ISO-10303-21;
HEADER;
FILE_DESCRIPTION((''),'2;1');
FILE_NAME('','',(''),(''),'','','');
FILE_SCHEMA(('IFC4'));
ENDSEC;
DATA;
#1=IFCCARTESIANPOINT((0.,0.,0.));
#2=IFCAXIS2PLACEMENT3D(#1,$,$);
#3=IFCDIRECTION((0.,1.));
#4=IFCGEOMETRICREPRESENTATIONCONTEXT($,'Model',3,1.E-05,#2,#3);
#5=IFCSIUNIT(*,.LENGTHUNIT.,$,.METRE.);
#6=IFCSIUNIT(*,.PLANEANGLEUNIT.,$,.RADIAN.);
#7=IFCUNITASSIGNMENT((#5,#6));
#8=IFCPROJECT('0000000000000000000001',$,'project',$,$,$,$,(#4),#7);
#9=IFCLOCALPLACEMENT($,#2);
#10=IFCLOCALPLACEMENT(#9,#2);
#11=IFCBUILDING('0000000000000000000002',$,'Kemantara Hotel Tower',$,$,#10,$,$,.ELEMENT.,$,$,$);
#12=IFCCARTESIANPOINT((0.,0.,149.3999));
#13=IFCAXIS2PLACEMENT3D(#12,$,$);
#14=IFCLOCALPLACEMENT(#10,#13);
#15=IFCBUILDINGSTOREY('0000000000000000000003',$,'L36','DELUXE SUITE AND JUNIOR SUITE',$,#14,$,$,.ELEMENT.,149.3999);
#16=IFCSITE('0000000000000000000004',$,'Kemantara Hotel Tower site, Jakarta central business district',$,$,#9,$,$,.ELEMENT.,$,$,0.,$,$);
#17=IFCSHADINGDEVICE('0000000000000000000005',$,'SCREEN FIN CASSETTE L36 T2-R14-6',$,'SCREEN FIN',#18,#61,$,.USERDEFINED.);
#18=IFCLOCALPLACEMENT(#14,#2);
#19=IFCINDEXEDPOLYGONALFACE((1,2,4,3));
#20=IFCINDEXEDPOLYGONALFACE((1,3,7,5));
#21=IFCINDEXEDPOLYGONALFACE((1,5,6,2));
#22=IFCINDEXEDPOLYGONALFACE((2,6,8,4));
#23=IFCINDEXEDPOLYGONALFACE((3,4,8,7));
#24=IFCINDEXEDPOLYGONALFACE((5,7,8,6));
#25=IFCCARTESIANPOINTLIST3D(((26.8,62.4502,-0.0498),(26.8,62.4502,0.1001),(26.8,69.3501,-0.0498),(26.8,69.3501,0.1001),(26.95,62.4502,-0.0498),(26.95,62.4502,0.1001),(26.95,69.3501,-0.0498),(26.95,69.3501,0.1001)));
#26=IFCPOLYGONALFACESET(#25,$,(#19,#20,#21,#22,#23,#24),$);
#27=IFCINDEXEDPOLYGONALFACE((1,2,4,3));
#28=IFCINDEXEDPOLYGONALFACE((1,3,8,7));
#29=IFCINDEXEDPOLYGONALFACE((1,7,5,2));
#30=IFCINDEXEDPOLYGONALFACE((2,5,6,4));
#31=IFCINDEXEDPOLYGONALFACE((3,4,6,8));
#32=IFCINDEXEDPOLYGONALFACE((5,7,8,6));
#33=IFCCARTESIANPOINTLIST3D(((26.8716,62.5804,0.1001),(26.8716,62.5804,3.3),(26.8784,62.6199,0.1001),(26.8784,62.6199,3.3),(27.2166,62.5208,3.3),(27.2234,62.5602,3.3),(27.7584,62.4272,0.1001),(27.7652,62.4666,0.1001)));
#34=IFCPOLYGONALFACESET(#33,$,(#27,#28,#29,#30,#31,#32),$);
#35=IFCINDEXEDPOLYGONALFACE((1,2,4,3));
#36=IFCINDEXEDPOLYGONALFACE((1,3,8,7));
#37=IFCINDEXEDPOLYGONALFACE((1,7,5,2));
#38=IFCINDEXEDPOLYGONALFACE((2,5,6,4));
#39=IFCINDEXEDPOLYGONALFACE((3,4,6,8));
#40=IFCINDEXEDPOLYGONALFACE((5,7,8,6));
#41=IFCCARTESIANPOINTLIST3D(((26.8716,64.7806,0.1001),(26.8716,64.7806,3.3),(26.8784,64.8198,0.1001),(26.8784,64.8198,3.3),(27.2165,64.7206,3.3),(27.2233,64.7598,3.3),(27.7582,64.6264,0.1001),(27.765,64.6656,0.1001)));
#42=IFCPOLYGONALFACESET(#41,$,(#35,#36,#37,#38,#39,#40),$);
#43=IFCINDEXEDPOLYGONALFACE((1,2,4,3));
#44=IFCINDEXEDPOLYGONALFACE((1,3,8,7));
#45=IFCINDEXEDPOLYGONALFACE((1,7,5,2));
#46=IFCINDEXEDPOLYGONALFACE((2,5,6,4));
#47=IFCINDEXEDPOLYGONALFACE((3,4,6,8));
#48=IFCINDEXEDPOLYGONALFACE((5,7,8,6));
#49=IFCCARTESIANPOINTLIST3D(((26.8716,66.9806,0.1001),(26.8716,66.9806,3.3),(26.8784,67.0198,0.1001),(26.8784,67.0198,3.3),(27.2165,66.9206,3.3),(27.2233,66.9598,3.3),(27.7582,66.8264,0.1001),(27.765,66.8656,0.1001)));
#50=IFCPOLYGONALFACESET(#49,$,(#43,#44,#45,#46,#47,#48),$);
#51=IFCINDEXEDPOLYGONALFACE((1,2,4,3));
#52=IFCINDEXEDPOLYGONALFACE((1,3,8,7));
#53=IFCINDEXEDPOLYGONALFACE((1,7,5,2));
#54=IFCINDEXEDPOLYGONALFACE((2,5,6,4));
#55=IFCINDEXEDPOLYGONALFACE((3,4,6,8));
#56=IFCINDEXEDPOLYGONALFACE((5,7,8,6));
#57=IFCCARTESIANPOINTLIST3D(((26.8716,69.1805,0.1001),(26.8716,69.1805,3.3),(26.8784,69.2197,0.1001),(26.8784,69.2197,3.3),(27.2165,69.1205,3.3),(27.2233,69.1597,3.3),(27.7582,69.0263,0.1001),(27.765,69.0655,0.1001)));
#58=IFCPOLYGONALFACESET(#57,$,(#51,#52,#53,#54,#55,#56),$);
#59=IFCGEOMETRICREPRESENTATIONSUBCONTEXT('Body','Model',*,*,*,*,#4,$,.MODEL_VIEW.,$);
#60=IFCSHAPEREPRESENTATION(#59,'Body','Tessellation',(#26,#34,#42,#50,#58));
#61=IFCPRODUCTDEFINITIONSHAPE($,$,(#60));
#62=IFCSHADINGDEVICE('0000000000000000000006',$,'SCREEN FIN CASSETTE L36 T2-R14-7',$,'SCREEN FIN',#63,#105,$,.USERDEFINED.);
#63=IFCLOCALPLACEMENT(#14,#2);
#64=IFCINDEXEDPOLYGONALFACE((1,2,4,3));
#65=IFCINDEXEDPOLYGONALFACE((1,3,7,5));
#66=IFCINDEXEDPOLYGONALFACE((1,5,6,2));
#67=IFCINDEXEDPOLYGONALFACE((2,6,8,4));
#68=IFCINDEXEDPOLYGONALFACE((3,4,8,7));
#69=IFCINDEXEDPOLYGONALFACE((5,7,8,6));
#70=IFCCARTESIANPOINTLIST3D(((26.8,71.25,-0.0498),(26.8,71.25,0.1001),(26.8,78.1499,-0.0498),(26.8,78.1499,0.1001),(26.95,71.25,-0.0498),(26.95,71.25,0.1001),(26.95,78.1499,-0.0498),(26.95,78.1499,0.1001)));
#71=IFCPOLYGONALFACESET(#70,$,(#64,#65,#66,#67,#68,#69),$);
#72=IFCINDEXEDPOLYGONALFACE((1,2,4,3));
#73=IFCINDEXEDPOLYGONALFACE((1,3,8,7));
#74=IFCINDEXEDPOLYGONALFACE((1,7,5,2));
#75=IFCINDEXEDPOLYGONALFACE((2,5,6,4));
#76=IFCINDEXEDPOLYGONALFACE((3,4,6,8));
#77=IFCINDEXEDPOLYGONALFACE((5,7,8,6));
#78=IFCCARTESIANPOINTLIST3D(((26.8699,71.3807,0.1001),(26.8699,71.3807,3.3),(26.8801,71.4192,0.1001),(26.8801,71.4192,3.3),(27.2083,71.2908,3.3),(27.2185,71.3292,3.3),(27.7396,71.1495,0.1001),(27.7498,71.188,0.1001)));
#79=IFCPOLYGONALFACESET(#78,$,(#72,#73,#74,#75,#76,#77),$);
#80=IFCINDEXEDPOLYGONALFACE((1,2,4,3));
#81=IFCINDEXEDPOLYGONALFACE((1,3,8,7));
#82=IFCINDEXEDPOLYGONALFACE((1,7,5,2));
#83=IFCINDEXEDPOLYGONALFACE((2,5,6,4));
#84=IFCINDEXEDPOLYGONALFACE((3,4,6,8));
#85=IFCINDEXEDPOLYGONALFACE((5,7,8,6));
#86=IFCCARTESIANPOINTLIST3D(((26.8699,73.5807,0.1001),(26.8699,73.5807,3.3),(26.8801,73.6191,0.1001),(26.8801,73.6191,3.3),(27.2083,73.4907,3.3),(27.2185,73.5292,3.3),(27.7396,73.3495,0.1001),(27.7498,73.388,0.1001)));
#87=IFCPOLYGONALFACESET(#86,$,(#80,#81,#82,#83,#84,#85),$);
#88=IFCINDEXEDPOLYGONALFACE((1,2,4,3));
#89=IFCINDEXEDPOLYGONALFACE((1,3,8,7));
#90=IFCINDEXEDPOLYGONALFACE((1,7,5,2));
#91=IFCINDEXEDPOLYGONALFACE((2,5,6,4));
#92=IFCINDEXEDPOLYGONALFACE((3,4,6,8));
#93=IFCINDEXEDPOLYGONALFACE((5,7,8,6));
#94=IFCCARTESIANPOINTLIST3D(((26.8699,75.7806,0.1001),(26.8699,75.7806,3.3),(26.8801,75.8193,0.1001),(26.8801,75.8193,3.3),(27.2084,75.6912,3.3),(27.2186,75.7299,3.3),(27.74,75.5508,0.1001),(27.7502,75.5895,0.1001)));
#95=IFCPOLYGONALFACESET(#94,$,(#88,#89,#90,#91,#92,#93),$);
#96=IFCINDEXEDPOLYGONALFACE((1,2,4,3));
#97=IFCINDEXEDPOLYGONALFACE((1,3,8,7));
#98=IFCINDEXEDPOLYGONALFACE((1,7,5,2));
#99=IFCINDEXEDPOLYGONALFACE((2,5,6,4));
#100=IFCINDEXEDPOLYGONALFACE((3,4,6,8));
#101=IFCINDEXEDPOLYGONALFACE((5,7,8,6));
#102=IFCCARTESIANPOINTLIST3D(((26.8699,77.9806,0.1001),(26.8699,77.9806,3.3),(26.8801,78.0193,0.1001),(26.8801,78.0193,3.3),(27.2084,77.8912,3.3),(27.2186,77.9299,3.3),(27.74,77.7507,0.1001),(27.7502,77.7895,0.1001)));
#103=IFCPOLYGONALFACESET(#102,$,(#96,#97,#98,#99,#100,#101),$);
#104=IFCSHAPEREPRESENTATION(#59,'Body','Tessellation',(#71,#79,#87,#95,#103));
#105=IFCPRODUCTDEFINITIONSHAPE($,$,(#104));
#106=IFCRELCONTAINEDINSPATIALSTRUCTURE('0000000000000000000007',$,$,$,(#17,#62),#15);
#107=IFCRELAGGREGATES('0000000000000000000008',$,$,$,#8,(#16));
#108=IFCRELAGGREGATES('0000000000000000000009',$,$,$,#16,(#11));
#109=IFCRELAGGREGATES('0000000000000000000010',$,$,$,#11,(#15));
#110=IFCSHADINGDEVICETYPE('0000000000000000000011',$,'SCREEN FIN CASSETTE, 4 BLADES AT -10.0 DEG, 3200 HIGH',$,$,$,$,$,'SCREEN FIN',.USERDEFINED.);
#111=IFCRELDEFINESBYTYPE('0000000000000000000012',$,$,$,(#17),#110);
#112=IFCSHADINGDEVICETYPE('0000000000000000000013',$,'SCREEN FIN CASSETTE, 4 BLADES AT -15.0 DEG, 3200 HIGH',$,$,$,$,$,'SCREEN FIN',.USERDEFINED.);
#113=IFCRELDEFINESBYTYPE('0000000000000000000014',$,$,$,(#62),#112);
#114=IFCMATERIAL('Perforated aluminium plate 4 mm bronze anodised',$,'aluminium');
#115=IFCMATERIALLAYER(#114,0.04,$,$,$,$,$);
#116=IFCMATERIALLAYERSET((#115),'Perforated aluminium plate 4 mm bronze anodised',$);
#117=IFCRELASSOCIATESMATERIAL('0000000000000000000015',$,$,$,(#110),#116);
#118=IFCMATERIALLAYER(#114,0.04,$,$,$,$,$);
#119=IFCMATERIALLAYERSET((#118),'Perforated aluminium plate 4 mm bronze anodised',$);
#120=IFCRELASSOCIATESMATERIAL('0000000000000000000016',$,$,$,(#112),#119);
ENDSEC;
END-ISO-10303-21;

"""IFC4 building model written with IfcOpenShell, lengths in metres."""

from ifc_helpers import new_model, si_unit, direction, frame, origin, origin_2d, place, context, subcontext, project, spatial, polyline, rectangle, outline, extrude, source, transform, mapped, material, layer, layer_set, type_object, element, save


model = new_model("IFC4")

# Units and contexts
model_context = context("Model", 3, precision=1e-05, world=origin(), true_north=direction((0.0, 1.0)))
body_context = subcontext(model_context, "Body", "Model", "MODEL_VIEW")
ifc_project = project(units=[si_unit("LENGTHUNIT", "METRE"), si_unit("PLANEANGLEUNIT", "RADIAN")], contexts=[model_context])

# Site, building, storey
site_placement = place(None, origin())
site = spatial("IfcSite", under=ifc_project, at=site_placement, Name="Kemantara Hotel Tower site, Jakarta central business district", CompositionType="ELEMENT", RefElevation=0.0)
building_placement = place(site_placement, origin())
building = spatial("IfcBuilding", under=site, at=building_placement, Name="Kemantara Hotel Tower", CompositionType="ELEMENT")
storey_placement = place(building_placement, frame((0.0, 0.0, 149.3999)))
storey = spatial("IfcBuildingStorey", under=building, at=storey_placement, Name="L36", Description="DELUXE SUITE AND JUNIOR SUITE", CompositionType="ELEMENT", Elevation=149.3999)

# Shading devices
ifc_material_1 = material(Name="Perforated aluminium plate 4 mm bronze anodised", Category="aluminium")
ifc_layer_1 = layer(ifc_material_1, 0.04)
ifc_layer_set_1 = layer_set([ifc_layer_1], Name="Perforated aluminium plate 4 mm bronze anodised")
shading_device_type_1 = type_object("IfcShadingDeviceType", Name="SCREEN FIN CASSETTE, 4 BLADES AT -10.0 DEG, 3200 HIGH", ElementType="SCREEN FIN", PredefinedType="USERDEFINED", material=ifc_layer_set_1)
shared_shape_1 = source(origin(), body_context, "Body", "SweptSolid", [
    extrude(rectangle(XDim=6.8999, YDim=0.1499, at=origin_2d()), frame((3.3, -0.075, -0.1499), z_axis=(0.0, 0.0, 1.0), x_axis=(1.0, 0.0, 0.0)), (0.0, 0.0, 1.0), 0.1499),
    extrude(outline(polyline([(0.0, 0.0), (0.8999, 0.0), (0.3501, 3.2), (0.0, 3.2), (0.0, 0.0)])), frame((0.0198, -0.0784, 0.0), z_axis=(-0.98539, 0.170314, 0.0), x_axis=(-0.170314, -0.98539, 0.0)), (0.0, 0.0, 1.0), 0.04),
    extrude(outline(polyline([(0.0, 0.0), (0.8999, 0.0), (0.3501, 3.2), (0.0, 3.2), (0.0, 0.0)])), frame((2.2197, -0.0784, 0.0), z_axis=(-0.985212, 0.171341, 0.0), x_axis=(-0.171341, -0.985212, 0.0)), (0.0, 0.0, 1.0), 0.0398),
    extrude(outline(polyline([(0.0, 0.0), (0.8999, 0.0), (0.3501, 3.2), (0.0, 3.2), (0.0, 0.0)])), frame((4.4197, -0.0784, 0.0), z_axis=(-0.985212, 0.171341, 0.0), x_axis=(-0.171341, -0.985212, 0.0)), (0.0, 0.0, 1.0), 0.0398),
    extrude(outline(polyline([(0.0, 0.0), (0.8999, 0.0), (0.3501, 3.2), (0.0, 3.2), (0.0, 0.0)])), frame((6.6196, -0.0784, 0.0), z_axis=(-0.985212, 0.171341, 0.0), x_axis=(-0.171341, -0.985212, 0.0)), (0.0, 0.0, 1.0), 0.0398),
])
shading_device_1_placement = place(storey_placement, frame((26.8, 62.6001, 0.1001), z_axis=(0.0, 0.0, 1.0), x_axis=(0.0, 1.0, 0.0)))
element("IfcShadingDevice", 1, at=shading_device_1_placement, inside=storey, type_object=shading_device_type_1, Name="SCREEN FIN CASSETTE L36 T2-R14-6", ObjectType="SCREEN FIN", PredefinedType="USERDEFINED", context=body_context, shape_type="MappedRepresentation", body=[
    mapped(shared_shape_1, transform((0.0, 0.0, 0.0))),
])
ifc_layer_2 = layer(ifc_material_1, 0.04)
ifc_layer_set_2 = layer_set([ifc_layer_2], Name="Perforated aluminium plate 4 mm bronze anodised")
shading_device_type_2 = type_object("IfcShadingDeviceType", Name="SCREEN FIN CASSETTE, 4 BLADES AT -15.0 DEG, 3200 HIGH", ElementType="SCREEN FIN", PredefinedType="USERDEFINED", material=ifc_layer_set_2)
shared_shape_2 = source(origin(), body_context, "Body", "SweptSolid", [
    extrude(rectangle(XDim=6.8999, YDim=0.1499, at=origin_2d()), frame((3.3, -0.075, -0.1499), z_axis=(0.0, 0.0, 1.0), x_axis=(1.0, 0.0, 0.0)), (0.0, 0.0, 1.0), 0.1499),
    extrude(outline(polyline([(0.0, 0.0), (0.8999, 0.0), (0.3501, 3.2), (0.0, 3.2), (0.0, 0.0)])), frame((0.0193, -0.0801, 0.0), z_axis=(-0.966438, 0.256901, 0.0), x_axis=(-0.256901, -0.966438, 0.0)), (0.0, 0.0, 1.0), 0.0398),
    extrude(outline(polyline([(0.0, 0.0), (0.8999, 0.0), (0.3501, 3.2), (0.0, 3.2), (0.0, 0.0)])), frame((2.2192, -0.0801, 0.0), z_axis=(-0.966438, 0.256901, 0.0), x_axis=(-0.256901, -0.966438, 0.0)), (0.0, 0.0, 1.0), 0.0398),
    extrude(outline(polyline([(0.0, 0.0), (0.8999, 0.0), (0.3501, 3.2), (0.0, 3.2), (0.0, 0.0)])), frame((4.4194, -0.0801, 0.0), z_axis=(-0.966838, 0.255391, 0.0), x_axis=(-0.255391, -0.966838, 0.0)), (0.0, 0.0, 1.0), 0.04),
    extrude(outline(polyline([(0.0, 0.0), (0.8999, 0.0), (0.3501, 3.2), (0.0, 3.2), (0.0, 0.0)])), frame((6.6194, -0.0801, 0.0), z_axis=(-0.966838, 0.255391, 0.0), x_axis=(-0.255391, -0.966838, 0.0)), (0.0, 0.0, 1.0), 0.04),
])
shading_device_2_placement = place(storey_placement, frame((26.8, 71.3999, 0.1001), z_axis=(0.0, 0.0, 1.0), x_axis=(0.0, 1.0, 0.0)))
element("IfcShadingDevice", 2, at=shading_device_2_placement, inside=storey, type_object=shading_device_type_2, Name="SCREEN FIN CASSETTE L36 T2-R14-7", ObjectType="SCREEN FIN", PredefinedType="USERDEFINED", context=body_context, shape_type="MappedRepresentation", body=[
    mapped(shared_shape_2, transform((0.0, 0.0, 0.0))),
])

save(model, "model.ifc")
